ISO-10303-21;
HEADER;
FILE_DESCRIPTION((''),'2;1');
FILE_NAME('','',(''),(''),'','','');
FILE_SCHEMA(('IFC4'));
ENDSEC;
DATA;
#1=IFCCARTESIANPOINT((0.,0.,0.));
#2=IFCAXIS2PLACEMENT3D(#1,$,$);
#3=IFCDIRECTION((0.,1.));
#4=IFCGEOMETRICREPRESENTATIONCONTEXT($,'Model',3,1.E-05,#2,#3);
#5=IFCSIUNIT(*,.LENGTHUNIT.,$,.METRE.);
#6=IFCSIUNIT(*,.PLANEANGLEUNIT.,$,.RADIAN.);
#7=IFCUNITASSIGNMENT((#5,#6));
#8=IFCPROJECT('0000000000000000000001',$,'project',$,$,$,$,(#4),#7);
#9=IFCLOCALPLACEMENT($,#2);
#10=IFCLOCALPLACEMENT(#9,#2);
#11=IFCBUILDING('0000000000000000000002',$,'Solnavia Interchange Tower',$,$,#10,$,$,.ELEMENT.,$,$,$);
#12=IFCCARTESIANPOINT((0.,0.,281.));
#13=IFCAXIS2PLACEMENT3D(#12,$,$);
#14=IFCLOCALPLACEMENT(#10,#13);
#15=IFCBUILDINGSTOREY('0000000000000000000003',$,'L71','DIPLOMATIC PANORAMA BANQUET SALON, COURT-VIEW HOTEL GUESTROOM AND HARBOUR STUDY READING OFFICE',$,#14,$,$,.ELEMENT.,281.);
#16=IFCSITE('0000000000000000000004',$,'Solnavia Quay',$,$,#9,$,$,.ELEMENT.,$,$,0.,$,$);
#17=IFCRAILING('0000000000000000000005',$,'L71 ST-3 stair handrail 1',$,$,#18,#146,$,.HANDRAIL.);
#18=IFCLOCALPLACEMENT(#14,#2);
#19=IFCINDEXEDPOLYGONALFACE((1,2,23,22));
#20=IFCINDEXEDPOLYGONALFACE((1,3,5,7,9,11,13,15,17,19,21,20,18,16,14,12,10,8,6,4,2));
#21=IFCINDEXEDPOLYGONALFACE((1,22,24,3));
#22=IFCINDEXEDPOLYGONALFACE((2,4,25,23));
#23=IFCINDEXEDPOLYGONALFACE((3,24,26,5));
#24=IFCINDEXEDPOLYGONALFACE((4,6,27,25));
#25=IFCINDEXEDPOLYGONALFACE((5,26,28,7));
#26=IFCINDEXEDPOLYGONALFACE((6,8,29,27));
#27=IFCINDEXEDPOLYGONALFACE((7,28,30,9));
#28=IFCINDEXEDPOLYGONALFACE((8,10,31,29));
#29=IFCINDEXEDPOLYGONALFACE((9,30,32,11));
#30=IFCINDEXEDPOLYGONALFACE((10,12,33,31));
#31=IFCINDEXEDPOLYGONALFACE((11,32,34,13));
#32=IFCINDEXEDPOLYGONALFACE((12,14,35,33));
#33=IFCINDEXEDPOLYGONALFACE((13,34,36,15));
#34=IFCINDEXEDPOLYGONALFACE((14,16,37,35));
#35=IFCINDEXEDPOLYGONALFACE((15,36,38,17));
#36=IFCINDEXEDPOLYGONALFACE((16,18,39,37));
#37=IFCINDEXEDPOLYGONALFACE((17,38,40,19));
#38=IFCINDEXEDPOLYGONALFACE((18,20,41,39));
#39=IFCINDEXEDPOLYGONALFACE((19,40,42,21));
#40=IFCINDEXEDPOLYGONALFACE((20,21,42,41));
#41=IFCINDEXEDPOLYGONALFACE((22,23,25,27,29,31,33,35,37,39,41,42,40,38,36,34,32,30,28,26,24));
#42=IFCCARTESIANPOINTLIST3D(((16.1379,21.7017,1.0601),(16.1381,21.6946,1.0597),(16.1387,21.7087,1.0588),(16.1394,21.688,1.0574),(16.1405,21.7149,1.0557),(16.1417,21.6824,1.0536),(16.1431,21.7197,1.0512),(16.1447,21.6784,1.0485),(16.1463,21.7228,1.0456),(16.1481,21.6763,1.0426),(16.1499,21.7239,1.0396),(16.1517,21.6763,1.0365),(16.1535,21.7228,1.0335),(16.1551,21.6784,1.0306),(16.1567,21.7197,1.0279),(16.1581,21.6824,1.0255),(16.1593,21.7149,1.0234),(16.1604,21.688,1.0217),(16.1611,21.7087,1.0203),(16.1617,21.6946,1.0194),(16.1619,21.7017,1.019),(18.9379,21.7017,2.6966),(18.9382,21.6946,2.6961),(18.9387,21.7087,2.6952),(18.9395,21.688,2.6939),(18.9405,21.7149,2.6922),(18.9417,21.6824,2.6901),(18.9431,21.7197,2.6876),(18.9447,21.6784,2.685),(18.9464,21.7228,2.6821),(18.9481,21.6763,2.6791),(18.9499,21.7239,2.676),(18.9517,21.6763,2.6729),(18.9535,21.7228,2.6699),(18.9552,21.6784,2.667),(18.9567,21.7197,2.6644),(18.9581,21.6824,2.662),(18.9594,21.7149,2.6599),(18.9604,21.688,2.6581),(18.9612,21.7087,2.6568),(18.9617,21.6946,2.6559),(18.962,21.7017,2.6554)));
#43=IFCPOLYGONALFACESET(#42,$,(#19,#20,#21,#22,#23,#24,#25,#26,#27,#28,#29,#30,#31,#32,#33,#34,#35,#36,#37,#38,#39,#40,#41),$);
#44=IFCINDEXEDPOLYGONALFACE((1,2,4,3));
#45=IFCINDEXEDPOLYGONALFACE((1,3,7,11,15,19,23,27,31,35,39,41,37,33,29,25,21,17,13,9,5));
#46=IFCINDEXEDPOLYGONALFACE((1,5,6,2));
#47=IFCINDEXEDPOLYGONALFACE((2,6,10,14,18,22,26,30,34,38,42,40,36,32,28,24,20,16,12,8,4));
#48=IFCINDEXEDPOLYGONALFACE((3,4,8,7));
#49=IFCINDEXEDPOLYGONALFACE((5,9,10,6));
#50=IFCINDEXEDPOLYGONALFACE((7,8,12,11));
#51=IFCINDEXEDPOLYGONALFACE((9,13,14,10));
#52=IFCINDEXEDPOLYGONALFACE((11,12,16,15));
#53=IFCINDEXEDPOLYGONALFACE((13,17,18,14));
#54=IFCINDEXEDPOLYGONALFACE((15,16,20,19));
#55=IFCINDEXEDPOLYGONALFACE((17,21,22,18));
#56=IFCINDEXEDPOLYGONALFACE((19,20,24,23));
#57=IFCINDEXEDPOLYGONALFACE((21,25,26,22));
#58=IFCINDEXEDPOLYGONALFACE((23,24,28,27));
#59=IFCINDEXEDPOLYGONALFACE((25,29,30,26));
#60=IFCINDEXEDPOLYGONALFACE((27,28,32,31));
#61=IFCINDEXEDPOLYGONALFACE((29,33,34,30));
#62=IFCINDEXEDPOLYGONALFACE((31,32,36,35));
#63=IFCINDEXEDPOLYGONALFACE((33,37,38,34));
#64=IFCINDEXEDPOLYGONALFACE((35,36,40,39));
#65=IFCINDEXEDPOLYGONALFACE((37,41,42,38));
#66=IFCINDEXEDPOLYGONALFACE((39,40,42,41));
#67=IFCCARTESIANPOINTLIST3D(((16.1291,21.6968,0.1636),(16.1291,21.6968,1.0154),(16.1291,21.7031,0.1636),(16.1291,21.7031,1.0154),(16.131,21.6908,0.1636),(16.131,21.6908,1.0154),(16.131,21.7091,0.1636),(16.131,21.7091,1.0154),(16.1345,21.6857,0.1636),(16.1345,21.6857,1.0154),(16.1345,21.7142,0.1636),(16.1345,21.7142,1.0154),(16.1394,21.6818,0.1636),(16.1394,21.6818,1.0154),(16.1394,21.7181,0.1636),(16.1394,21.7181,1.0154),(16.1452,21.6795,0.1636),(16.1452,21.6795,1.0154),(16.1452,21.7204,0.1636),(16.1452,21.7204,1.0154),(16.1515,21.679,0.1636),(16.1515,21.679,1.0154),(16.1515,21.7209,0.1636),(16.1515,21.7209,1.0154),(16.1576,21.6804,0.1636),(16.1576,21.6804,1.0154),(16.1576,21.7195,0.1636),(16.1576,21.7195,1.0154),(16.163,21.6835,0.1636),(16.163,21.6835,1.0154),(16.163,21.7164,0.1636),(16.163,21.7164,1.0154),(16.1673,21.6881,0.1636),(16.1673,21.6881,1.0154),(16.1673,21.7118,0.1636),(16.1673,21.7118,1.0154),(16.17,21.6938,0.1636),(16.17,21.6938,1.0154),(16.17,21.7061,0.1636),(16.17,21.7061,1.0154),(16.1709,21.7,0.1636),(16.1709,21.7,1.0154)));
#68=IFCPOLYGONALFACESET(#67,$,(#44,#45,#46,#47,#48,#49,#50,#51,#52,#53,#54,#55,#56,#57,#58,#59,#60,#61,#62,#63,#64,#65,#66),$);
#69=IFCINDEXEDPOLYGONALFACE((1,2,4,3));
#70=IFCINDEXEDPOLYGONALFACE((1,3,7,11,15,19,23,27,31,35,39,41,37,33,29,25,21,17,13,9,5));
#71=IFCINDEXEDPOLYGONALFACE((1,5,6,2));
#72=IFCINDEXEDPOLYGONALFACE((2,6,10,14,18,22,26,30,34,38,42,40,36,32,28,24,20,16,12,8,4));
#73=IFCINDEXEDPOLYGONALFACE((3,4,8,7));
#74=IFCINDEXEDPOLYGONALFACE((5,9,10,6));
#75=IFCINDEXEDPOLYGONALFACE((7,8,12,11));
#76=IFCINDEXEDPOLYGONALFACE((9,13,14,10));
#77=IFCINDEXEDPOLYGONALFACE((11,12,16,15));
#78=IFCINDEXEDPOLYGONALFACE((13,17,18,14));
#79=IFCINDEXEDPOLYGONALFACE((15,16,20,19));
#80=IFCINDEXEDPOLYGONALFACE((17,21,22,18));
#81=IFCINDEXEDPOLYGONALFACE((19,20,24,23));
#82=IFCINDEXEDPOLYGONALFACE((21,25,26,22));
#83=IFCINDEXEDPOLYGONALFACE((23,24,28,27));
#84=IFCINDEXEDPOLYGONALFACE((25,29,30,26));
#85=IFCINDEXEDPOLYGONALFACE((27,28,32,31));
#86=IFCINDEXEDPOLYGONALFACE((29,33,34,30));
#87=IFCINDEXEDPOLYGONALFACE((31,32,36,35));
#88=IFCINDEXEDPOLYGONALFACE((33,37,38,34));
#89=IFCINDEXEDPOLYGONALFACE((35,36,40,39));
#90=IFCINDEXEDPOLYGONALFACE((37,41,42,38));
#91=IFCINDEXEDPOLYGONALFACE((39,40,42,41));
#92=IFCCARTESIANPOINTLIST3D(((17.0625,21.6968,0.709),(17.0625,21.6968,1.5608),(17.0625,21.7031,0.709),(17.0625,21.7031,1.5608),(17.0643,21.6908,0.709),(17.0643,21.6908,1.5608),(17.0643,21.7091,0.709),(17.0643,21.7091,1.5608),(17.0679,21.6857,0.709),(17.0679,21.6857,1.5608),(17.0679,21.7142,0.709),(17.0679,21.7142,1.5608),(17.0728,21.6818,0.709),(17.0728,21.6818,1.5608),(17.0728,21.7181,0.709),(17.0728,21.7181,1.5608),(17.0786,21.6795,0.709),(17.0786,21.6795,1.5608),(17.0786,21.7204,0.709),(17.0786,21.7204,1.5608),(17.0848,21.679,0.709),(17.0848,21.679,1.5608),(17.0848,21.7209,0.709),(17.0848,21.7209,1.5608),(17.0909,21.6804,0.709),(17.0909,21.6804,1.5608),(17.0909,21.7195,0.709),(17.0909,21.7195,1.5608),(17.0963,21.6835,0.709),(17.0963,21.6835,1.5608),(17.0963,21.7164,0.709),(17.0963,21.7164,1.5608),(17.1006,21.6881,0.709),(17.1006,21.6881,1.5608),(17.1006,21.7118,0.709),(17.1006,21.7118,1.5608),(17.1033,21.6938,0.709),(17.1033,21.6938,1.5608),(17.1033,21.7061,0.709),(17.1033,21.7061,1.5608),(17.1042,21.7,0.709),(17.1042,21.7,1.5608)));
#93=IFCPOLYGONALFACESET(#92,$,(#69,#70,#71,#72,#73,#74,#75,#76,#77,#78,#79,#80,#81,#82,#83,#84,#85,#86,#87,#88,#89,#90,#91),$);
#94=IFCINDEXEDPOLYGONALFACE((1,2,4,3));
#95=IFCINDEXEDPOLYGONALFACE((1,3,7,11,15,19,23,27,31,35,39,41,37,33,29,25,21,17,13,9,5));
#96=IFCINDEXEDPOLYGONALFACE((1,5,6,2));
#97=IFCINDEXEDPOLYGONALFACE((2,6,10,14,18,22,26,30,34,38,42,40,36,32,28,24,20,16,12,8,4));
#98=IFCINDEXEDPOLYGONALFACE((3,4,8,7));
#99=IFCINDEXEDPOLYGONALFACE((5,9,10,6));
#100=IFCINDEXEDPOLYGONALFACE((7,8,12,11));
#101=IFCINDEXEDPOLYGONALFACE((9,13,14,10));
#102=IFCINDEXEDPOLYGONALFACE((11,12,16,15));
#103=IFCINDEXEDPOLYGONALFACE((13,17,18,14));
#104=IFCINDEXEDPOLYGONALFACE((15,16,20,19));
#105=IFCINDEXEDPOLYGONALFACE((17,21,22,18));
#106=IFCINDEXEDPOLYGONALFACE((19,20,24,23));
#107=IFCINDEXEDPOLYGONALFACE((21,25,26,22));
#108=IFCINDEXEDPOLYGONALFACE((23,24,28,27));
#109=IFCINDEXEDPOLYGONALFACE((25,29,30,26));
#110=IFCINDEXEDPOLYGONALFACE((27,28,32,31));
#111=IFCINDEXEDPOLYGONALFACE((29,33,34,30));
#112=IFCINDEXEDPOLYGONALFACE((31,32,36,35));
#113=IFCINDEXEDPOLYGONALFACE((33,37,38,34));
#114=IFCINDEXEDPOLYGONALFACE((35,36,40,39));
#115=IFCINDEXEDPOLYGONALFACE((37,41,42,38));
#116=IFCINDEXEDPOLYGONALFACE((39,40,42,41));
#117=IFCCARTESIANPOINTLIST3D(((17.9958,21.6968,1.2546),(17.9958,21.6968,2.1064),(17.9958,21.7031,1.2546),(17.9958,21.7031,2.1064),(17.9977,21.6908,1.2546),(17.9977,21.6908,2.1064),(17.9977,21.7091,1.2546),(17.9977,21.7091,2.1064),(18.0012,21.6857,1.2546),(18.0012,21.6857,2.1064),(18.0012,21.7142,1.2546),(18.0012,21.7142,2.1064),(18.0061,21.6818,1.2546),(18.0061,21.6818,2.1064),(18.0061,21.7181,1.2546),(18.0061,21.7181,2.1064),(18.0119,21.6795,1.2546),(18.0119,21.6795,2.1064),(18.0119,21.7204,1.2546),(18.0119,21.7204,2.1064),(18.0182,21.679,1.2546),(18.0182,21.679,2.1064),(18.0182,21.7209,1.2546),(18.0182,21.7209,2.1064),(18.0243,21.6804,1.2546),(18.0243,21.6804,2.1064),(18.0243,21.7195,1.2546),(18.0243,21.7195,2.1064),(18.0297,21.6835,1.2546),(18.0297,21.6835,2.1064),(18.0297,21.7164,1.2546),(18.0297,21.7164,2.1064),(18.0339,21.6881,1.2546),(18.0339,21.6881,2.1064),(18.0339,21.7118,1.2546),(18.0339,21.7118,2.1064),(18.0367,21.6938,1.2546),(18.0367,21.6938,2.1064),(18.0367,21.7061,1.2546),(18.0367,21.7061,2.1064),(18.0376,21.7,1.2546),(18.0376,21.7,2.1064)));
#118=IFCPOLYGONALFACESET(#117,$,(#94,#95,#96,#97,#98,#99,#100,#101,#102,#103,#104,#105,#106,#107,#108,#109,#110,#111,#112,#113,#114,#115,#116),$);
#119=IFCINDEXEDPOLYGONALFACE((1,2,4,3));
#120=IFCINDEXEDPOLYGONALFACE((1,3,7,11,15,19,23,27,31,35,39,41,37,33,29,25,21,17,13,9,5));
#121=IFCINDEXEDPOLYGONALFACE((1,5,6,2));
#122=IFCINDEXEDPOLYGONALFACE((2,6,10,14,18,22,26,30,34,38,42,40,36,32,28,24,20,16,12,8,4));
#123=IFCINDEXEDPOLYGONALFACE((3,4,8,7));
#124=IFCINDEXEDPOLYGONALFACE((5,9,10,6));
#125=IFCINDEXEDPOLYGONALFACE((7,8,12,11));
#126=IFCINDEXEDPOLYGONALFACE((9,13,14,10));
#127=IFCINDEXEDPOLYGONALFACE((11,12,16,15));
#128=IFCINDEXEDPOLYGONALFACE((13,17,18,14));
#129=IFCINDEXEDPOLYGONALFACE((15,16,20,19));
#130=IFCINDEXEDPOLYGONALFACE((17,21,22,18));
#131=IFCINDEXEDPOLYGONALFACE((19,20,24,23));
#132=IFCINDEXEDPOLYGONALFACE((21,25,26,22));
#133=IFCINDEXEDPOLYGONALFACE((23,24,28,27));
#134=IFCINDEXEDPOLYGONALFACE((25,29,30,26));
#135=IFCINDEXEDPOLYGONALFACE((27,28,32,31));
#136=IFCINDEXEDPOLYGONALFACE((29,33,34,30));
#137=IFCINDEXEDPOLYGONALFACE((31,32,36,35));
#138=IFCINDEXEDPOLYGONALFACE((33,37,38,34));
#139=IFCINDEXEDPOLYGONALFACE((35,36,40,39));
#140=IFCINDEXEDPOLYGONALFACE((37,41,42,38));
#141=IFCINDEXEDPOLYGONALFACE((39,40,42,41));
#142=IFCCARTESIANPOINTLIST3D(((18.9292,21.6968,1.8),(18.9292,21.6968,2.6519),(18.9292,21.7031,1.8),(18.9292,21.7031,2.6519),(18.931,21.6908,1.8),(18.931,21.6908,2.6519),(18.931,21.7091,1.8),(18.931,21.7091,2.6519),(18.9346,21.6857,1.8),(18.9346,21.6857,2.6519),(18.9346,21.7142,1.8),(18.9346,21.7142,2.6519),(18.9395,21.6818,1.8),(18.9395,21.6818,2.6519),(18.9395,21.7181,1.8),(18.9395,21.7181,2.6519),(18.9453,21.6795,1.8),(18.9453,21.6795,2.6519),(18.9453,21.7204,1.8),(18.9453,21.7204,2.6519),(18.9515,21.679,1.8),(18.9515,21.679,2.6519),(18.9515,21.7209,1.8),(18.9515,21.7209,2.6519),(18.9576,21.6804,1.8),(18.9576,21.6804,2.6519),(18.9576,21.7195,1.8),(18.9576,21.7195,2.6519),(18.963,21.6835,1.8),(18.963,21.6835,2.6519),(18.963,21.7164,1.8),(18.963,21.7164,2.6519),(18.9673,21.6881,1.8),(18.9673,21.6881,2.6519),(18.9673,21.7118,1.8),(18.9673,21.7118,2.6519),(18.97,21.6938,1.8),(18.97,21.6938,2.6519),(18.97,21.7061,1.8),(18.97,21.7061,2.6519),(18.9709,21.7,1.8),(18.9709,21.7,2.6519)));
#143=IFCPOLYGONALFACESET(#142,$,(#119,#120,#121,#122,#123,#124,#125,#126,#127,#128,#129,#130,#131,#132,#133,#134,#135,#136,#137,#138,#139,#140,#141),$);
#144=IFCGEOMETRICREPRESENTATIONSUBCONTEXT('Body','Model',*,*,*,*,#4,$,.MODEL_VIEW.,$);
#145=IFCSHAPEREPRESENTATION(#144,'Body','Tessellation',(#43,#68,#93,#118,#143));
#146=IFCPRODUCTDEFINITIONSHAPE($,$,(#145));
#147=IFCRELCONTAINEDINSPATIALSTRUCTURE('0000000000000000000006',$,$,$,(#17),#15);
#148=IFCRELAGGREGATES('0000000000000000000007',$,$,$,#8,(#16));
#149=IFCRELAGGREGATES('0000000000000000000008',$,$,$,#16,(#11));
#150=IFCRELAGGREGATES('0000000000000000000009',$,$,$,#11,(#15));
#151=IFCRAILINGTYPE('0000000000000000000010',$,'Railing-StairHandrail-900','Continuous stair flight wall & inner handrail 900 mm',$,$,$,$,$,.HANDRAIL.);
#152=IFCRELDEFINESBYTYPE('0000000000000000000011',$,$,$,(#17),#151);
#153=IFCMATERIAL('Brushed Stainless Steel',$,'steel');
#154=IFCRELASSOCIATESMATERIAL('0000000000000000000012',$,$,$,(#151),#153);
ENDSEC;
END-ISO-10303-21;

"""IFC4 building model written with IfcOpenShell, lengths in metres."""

from ifc_helpers import new_model, si_unit, direction, frame, origin, origin_2d, place, context, subcontext, project, spatial, circle, extrude, material, type_object, element, save


model = new_model("IFC4")

# Units and contexts
model_context = context("Model", 3, precision=1e-05, world=origin(), true_north=direction((0.0, 1.0)))
body_context = subcontext(model_context, "Body", "Model", "MODEL_VIEW")
ifc_project = project(units=[si_unit("LENGTHUNIT", "METRE"), si_unit("PLANEANGLEUNIT", "RADIAN")], contexts=[model_context])

# Site, building, storey
site_placement = place(None, origin())
site = spatial("IfcSite", under=ifc_project, at=site_placement, Name="Solnavia Quay", CompositionType="ELEMENT", RefElevation=0.0)
building_placement = place(site_placement, origin())
building = spatial("IfcBuilding", under=site, at=building_placement, Name="Solnavia Interchange Tower", CompositionType="ELEMENT")
storey_placement = place(building_placement, frame((0.0, 0.0, 281.0)))
storey = spatial("IfcBuildingStorey", under=building, at=storey_placement, Name="L71", Description="DIPLOMATIC PANORAMA BANQUET SALON, COURT-VIEW HOTEL GUESTROOM AND HARBOUR STUDY READING OFFICE", CompositionType="ELEMENT", Elevation=281.0)

# Railing
ifc_material_1 = material(Name="Brushed Stainless Steel", Category="steel")
railing_type_1 = type_object("IfcRailingType", Name="Railing-StairHandrail-900", Description="Continuous stair flight wall & inner handrail 900 mm", PredefinedType="HANDRAIL", material=ifc_material_1)
railing_1_placement = place(storey_placement, frame((16.1499, 21.7, 0.1636)))
element("IfcRailing", 1, at=railing_1_placement, inside=storey, type_object=railing_type_1, Name="L71 ST-3 stair handrail 1", PredefinedType="HANDRAIL", context=body_context, shape_type="SweptSolid", body=[
    extrude(circle(Radius=0.0239, at=origin_2d()), frame((0.0, 0.0, 0.876), z_axis=(0.863361, 0.0, 0.504587), x_axis=(0.0, 1.0, 0.0)), (0.0, 0.0, 1.0), 3.2432),
    extrude(circle(Radius=0.021, at=origin_2d()), origin(), (0.0, 0.0, 1.0), 0.8518),
    extrude(circle(Radius=0.021, at=origin_2d()), frame((0.9333, 0.0, 0.5454)), (0.0, 0.0, 1.0), 0.8518),
    extrude(circle(Radius=0.021, at=origin_2d()), frame((1.8667, 0.0, 1.0911)), (0.0, 0.0, 1.0), 0.8518),
    extrude(circle(Radius=0.021, at=origin_2d()), frame((2.8, 0.0, 1.6365)), (0.0, 0.0, 1.0), 0.8518),
])

save(model, "model.ifc")
